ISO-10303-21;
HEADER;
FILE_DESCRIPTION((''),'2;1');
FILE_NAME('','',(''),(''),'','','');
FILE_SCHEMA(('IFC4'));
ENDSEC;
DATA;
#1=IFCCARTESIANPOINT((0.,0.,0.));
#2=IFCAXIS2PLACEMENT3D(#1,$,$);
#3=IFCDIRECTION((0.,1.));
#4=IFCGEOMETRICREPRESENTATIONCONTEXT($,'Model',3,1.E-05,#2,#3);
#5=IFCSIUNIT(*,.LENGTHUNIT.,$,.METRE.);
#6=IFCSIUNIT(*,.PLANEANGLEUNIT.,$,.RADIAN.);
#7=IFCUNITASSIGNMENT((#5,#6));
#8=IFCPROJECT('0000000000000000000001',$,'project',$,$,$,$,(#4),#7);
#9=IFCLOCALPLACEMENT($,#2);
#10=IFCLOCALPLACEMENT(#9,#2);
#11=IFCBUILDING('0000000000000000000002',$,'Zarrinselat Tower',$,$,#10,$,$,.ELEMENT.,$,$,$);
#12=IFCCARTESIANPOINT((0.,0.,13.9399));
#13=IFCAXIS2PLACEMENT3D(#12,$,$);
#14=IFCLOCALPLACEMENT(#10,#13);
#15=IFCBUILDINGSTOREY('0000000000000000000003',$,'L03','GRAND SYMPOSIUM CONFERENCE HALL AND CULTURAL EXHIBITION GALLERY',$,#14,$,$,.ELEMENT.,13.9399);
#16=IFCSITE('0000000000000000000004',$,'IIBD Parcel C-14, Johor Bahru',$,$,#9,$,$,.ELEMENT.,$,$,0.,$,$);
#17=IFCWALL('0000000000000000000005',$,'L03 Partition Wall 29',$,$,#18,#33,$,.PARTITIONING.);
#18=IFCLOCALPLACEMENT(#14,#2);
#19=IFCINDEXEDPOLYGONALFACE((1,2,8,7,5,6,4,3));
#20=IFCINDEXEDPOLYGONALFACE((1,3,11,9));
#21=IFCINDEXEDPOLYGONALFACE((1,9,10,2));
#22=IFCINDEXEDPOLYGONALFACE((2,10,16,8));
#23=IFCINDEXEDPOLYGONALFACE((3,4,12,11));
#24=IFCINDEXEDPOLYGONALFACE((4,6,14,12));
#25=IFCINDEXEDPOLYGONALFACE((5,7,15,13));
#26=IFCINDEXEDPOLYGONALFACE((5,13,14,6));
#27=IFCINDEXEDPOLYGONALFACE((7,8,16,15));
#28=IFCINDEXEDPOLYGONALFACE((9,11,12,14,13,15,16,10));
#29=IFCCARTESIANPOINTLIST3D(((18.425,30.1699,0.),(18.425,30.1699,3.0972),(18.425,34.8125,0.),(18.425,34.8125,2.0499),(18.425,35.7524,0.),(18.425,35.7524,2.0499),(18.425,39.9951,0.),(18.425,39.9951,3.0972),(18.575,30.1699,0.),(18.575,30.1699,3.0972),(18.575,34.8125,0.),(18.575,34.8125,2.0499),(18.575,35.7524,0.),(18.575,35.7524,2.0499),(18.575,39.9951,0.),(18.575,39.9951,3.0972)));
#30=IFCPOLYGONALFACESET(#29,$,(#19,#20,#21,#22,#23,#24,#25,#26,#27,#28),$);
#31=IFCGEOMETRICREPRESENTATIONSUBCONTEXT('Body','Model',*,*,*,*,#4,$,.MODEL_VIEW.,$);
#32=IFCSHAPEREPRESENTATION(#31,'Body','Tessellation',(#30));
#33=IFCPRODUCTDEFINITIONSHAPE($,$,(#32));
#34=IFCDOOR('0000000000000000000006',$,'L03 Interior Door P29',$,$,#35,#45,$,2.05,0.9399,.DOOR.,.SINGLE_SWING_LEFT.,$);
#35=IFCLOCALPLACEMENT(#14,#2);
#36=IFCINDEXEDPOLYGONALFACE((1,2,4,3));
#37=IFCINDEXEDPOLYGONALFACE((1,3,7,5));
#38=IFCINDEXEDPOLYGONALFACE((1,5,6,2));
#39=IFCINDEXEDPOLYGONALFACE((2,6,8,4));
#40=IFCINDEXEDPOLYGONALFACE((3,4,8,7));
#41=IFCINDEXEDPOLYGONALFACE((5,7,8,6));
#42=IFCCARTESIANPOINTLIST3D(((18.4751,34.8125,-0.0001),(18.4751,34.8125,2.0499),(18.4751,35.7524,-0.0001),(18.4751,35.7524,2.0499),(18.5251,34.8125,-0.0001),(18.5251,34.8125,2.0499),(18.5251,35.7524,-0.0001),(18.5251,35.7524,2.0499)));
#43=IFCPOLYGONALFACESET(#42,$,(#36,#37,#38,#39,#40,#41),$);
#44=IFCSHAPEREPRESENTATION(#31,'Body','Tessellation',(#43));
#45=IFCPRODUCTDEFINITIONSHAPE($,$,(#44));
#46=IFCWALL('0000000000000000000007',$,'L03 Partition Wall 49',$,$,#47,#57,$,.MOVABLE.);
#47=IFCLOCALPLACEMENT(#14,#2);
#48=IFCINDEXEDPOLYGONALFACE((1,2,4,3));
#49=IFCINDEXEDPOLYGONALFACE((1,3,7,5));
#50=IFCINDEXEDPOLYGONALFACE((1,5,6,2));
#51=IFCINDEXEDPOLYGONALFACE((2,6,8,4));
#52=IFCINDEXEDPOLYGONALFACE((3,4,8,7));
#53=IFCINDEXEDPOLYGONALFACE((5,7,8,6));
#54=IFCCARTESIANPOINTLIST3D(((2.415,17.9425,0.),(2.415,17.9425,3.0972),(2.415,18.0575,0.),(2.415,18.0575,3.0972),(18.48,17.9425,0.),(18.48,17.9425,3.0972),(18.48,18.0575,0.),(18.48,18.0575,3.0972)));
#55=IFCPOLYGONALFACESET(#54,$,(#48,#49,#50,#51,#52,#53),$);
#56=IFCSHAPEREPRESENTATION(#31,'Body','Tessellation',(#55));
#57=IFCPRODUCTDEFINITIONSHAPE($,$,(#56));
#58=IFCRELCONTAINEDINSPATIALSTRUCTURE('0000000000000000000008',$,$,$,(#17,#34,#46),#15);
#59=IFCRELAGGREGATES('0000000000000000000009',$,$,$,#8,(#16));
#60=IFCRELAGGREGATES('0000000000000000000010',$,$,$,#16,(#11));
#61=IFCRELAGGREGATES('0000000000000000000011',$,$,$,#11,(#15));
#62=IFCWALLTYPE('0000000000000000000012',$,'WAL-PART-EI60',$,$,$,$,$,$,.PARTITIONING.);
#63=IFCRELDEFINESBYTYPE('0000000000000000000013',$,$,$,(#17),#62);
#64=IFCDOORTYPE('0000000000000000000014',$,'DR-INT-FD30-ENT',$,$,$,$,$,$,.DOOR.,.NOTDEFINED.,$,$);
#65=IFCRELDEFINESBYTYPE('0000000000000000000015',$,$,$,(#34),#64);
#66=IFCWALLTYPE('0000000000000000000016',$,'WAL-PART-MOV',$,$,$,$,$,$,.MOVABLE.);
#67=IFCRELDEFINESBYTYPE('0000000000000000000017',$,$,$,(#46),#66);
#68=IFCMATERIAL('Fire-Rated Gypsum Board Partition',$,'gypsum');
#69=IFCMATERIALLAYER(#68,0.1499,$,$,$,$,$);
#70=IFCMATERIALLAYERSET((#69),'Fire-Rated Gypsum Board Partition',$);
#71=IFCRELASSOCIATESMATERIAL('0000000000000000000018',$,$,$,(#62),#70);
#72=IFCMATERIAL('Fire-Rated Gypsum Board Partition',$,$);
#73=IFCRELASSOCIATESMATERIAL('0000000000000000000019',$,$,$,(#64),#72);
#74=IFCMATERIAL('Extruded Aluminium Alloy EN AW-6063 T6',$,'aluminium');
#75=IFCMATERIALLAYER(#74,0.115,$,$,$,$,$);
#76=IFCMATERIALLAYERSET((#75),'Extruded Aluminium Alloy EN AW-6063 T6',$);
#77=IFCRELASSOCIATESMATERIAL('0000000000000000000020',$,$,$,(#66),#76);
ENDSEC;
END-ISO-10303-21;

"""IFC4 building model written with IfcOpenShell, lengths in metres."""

from ifc_helpers import new_model, si_unit, direction, frame, frame_2d, origin, place, context, subcontext, project, spatial, rectangle, extrude, material, layer, layer_set, type_object, element, fill, save


model = new_model("IFC4")

# Units and contexts
model_context = context("Model", 3, precision=1e-05, world=origin(), true_north=direction((0.0, 1.0)))
body_context = subcontext(model_context, "Body", "Model", "MODEL_VIEW")
ifc_project = project(units=[si_unit("LENGTHUNIT", "METRE"), si_unit("PLANEANGLEUNIT", "RADIAN")], contexts=[model_context])

# Site, building, storey
site_placement = place(None, origin())
site = spatial("IfcSite", under=ifc_project, at=site_placement, Name="IIBD Parcel C-14, Johor Bahru", CompositionType="ELEMENT", RefElevation=0.0)
building_placement = place(site_placement, origin())
building = spatial("IfcBuilding", under=site, at=building_placement, Name="Zarrinselat Tower", CompositionType="ELEMENT")
storey_placement = place(building_placement, frame((0.0, 0.0, 13.9399)))
storey = spatial("IfcBuildingStorey", under=building, at=storey_placement, Name="L03", Description="GRAND SYMPOSIUM CONFERENCE HALL AND CULTURAL EXHIBITION GALLERY", CompositionType="ELEMENT", Elevation=13.9399)

# Shared definitions
ifc_material_1 = material(Name="Fire-Rated Gypsum Board Partition", Category="gypsum")
ifc_layer_1 = layer(ifc_material_1, 0.1499)
ifc_layer_set_1 = layer_set([ifc_layer_1], Name="Fire-Rated Gypsum Board Partition")
wall_type_1 = type_object("IfcWallType", Name="WAL-PART-EI60", PredefinedType="PARTITIONING", material=ifc_layer_set_1)
ifc_material_2 = material(Name="Fire-Rated Gypsum Board Partition")
door_type_1 = type_object("IfcDoorType", Name="DR-INT-FD30-ENT", OperationType="NOTDEFINED", PredefinedType="DOOR", material=ifc_material_2)

# Wall, opening, door
wall_1_placement = place(storey_placement, frame((18.5, 30.1699, 0.0), z_axis=(0.0, 0.0, 1.0), x_axis=(0.0, 1.0, 0.0)))
wall_1 = element("IfcWall", 1, at=wall_1_placement, inside=storey, type_object=wall_type_1, Name="L03 Partition Wall 29", PredefinedType="PARTITIONING", context=body_context, shape_type="SweptSolid", body=[
    extrude(rectangle(XDim=9.8252, YDim=0.1499, at=frame_2d((4.9126, 0.0))), origin(), (0.0, 0.0, 1.0), 3.0972),
])
opening_1_placement = place(wall_1_placement, frame((4.6426, 0.0, 0.0)))
opening_1 = element("IfcOpeningElement", 2, at=opening_1_placement, cuts=wall_1, PredefinedType="OPENING", context=body_context, shape_type="SweptSolid", body=[
    extrude(rectangle(XDim=0.9399, YDim=2.05, at=frame_2d((0.47, 1.0249))), frame((0.0, 0.085, 0.0), z_axis=(0.0, -1.0, 0.0), x_axis=(1.0, 0.0, 0.0)), (0.0, 0.0, 1.0), 0.1699),
])
door_1_placement = place(opening_1_placement, origin())
door_1 = element("IfcDoor", 3, at=door_1_placement, inside=storey, type_object=door_type_1, Name="L03 Interior Door P29", OperationType="SINGLE_SWING_LEFT", OverallHeight=2.05, OverallWidth=0.9399, PredefinedType="DOOR", context=body_context, shape_type="SweptSolid", body=[
    extrude(rectangle(XDim=0.9399, YDim=2.05, at=frame_2d((0.47, 1.0249))), frame((0.0, 0.0249, 0.0), z_axis=(0.0, -1.0, 0.0), x_axis=(1.0, 0.0, 0.0)), (0.0, 0.0, 1.0), 0.05),
])
fill(opening_1, door_1)

# Wall
ifc_material_3 = material(Name="Extruded Aluminium Alloy EN AW-6063 T6", Category="aluminium")
ifc_layer_2 = layer(ifc_material_3, 0.115)
ifc_layer_set_2 = layer_set([ifc_layer_2], Name="Extruded Aluminium Alloy EN AW-6063 T6")
wall_type_2 = type_object("IfcWallType", Name="WAL-PART-MOV", PredefinedType="MOVABLE", material=ifc_layer_set_2)
wall_2_placement = place(storey_placement, frame((2.415, 18.0, 0.0), z_axis=(0.0, 0.0, 1.0), x_axis=(1.0, 0.0, 0.0)))
element("IfcWall", 4, at=wall_2_placement, inside=storey, type_object=wall_type_2, Name="L03 Partition Wall 49", PredefinedType="MOVABLE", context=body_context, shape_type="SweptSolid", body=[
    extrude(rectangle(XDim=16.0649, YDim=0.115, at=frame_2d((8.0325, 0.0))), origin(), (0.0, 0.0, 1.0), 3.0972),
])

save(model, "model.ifc")
